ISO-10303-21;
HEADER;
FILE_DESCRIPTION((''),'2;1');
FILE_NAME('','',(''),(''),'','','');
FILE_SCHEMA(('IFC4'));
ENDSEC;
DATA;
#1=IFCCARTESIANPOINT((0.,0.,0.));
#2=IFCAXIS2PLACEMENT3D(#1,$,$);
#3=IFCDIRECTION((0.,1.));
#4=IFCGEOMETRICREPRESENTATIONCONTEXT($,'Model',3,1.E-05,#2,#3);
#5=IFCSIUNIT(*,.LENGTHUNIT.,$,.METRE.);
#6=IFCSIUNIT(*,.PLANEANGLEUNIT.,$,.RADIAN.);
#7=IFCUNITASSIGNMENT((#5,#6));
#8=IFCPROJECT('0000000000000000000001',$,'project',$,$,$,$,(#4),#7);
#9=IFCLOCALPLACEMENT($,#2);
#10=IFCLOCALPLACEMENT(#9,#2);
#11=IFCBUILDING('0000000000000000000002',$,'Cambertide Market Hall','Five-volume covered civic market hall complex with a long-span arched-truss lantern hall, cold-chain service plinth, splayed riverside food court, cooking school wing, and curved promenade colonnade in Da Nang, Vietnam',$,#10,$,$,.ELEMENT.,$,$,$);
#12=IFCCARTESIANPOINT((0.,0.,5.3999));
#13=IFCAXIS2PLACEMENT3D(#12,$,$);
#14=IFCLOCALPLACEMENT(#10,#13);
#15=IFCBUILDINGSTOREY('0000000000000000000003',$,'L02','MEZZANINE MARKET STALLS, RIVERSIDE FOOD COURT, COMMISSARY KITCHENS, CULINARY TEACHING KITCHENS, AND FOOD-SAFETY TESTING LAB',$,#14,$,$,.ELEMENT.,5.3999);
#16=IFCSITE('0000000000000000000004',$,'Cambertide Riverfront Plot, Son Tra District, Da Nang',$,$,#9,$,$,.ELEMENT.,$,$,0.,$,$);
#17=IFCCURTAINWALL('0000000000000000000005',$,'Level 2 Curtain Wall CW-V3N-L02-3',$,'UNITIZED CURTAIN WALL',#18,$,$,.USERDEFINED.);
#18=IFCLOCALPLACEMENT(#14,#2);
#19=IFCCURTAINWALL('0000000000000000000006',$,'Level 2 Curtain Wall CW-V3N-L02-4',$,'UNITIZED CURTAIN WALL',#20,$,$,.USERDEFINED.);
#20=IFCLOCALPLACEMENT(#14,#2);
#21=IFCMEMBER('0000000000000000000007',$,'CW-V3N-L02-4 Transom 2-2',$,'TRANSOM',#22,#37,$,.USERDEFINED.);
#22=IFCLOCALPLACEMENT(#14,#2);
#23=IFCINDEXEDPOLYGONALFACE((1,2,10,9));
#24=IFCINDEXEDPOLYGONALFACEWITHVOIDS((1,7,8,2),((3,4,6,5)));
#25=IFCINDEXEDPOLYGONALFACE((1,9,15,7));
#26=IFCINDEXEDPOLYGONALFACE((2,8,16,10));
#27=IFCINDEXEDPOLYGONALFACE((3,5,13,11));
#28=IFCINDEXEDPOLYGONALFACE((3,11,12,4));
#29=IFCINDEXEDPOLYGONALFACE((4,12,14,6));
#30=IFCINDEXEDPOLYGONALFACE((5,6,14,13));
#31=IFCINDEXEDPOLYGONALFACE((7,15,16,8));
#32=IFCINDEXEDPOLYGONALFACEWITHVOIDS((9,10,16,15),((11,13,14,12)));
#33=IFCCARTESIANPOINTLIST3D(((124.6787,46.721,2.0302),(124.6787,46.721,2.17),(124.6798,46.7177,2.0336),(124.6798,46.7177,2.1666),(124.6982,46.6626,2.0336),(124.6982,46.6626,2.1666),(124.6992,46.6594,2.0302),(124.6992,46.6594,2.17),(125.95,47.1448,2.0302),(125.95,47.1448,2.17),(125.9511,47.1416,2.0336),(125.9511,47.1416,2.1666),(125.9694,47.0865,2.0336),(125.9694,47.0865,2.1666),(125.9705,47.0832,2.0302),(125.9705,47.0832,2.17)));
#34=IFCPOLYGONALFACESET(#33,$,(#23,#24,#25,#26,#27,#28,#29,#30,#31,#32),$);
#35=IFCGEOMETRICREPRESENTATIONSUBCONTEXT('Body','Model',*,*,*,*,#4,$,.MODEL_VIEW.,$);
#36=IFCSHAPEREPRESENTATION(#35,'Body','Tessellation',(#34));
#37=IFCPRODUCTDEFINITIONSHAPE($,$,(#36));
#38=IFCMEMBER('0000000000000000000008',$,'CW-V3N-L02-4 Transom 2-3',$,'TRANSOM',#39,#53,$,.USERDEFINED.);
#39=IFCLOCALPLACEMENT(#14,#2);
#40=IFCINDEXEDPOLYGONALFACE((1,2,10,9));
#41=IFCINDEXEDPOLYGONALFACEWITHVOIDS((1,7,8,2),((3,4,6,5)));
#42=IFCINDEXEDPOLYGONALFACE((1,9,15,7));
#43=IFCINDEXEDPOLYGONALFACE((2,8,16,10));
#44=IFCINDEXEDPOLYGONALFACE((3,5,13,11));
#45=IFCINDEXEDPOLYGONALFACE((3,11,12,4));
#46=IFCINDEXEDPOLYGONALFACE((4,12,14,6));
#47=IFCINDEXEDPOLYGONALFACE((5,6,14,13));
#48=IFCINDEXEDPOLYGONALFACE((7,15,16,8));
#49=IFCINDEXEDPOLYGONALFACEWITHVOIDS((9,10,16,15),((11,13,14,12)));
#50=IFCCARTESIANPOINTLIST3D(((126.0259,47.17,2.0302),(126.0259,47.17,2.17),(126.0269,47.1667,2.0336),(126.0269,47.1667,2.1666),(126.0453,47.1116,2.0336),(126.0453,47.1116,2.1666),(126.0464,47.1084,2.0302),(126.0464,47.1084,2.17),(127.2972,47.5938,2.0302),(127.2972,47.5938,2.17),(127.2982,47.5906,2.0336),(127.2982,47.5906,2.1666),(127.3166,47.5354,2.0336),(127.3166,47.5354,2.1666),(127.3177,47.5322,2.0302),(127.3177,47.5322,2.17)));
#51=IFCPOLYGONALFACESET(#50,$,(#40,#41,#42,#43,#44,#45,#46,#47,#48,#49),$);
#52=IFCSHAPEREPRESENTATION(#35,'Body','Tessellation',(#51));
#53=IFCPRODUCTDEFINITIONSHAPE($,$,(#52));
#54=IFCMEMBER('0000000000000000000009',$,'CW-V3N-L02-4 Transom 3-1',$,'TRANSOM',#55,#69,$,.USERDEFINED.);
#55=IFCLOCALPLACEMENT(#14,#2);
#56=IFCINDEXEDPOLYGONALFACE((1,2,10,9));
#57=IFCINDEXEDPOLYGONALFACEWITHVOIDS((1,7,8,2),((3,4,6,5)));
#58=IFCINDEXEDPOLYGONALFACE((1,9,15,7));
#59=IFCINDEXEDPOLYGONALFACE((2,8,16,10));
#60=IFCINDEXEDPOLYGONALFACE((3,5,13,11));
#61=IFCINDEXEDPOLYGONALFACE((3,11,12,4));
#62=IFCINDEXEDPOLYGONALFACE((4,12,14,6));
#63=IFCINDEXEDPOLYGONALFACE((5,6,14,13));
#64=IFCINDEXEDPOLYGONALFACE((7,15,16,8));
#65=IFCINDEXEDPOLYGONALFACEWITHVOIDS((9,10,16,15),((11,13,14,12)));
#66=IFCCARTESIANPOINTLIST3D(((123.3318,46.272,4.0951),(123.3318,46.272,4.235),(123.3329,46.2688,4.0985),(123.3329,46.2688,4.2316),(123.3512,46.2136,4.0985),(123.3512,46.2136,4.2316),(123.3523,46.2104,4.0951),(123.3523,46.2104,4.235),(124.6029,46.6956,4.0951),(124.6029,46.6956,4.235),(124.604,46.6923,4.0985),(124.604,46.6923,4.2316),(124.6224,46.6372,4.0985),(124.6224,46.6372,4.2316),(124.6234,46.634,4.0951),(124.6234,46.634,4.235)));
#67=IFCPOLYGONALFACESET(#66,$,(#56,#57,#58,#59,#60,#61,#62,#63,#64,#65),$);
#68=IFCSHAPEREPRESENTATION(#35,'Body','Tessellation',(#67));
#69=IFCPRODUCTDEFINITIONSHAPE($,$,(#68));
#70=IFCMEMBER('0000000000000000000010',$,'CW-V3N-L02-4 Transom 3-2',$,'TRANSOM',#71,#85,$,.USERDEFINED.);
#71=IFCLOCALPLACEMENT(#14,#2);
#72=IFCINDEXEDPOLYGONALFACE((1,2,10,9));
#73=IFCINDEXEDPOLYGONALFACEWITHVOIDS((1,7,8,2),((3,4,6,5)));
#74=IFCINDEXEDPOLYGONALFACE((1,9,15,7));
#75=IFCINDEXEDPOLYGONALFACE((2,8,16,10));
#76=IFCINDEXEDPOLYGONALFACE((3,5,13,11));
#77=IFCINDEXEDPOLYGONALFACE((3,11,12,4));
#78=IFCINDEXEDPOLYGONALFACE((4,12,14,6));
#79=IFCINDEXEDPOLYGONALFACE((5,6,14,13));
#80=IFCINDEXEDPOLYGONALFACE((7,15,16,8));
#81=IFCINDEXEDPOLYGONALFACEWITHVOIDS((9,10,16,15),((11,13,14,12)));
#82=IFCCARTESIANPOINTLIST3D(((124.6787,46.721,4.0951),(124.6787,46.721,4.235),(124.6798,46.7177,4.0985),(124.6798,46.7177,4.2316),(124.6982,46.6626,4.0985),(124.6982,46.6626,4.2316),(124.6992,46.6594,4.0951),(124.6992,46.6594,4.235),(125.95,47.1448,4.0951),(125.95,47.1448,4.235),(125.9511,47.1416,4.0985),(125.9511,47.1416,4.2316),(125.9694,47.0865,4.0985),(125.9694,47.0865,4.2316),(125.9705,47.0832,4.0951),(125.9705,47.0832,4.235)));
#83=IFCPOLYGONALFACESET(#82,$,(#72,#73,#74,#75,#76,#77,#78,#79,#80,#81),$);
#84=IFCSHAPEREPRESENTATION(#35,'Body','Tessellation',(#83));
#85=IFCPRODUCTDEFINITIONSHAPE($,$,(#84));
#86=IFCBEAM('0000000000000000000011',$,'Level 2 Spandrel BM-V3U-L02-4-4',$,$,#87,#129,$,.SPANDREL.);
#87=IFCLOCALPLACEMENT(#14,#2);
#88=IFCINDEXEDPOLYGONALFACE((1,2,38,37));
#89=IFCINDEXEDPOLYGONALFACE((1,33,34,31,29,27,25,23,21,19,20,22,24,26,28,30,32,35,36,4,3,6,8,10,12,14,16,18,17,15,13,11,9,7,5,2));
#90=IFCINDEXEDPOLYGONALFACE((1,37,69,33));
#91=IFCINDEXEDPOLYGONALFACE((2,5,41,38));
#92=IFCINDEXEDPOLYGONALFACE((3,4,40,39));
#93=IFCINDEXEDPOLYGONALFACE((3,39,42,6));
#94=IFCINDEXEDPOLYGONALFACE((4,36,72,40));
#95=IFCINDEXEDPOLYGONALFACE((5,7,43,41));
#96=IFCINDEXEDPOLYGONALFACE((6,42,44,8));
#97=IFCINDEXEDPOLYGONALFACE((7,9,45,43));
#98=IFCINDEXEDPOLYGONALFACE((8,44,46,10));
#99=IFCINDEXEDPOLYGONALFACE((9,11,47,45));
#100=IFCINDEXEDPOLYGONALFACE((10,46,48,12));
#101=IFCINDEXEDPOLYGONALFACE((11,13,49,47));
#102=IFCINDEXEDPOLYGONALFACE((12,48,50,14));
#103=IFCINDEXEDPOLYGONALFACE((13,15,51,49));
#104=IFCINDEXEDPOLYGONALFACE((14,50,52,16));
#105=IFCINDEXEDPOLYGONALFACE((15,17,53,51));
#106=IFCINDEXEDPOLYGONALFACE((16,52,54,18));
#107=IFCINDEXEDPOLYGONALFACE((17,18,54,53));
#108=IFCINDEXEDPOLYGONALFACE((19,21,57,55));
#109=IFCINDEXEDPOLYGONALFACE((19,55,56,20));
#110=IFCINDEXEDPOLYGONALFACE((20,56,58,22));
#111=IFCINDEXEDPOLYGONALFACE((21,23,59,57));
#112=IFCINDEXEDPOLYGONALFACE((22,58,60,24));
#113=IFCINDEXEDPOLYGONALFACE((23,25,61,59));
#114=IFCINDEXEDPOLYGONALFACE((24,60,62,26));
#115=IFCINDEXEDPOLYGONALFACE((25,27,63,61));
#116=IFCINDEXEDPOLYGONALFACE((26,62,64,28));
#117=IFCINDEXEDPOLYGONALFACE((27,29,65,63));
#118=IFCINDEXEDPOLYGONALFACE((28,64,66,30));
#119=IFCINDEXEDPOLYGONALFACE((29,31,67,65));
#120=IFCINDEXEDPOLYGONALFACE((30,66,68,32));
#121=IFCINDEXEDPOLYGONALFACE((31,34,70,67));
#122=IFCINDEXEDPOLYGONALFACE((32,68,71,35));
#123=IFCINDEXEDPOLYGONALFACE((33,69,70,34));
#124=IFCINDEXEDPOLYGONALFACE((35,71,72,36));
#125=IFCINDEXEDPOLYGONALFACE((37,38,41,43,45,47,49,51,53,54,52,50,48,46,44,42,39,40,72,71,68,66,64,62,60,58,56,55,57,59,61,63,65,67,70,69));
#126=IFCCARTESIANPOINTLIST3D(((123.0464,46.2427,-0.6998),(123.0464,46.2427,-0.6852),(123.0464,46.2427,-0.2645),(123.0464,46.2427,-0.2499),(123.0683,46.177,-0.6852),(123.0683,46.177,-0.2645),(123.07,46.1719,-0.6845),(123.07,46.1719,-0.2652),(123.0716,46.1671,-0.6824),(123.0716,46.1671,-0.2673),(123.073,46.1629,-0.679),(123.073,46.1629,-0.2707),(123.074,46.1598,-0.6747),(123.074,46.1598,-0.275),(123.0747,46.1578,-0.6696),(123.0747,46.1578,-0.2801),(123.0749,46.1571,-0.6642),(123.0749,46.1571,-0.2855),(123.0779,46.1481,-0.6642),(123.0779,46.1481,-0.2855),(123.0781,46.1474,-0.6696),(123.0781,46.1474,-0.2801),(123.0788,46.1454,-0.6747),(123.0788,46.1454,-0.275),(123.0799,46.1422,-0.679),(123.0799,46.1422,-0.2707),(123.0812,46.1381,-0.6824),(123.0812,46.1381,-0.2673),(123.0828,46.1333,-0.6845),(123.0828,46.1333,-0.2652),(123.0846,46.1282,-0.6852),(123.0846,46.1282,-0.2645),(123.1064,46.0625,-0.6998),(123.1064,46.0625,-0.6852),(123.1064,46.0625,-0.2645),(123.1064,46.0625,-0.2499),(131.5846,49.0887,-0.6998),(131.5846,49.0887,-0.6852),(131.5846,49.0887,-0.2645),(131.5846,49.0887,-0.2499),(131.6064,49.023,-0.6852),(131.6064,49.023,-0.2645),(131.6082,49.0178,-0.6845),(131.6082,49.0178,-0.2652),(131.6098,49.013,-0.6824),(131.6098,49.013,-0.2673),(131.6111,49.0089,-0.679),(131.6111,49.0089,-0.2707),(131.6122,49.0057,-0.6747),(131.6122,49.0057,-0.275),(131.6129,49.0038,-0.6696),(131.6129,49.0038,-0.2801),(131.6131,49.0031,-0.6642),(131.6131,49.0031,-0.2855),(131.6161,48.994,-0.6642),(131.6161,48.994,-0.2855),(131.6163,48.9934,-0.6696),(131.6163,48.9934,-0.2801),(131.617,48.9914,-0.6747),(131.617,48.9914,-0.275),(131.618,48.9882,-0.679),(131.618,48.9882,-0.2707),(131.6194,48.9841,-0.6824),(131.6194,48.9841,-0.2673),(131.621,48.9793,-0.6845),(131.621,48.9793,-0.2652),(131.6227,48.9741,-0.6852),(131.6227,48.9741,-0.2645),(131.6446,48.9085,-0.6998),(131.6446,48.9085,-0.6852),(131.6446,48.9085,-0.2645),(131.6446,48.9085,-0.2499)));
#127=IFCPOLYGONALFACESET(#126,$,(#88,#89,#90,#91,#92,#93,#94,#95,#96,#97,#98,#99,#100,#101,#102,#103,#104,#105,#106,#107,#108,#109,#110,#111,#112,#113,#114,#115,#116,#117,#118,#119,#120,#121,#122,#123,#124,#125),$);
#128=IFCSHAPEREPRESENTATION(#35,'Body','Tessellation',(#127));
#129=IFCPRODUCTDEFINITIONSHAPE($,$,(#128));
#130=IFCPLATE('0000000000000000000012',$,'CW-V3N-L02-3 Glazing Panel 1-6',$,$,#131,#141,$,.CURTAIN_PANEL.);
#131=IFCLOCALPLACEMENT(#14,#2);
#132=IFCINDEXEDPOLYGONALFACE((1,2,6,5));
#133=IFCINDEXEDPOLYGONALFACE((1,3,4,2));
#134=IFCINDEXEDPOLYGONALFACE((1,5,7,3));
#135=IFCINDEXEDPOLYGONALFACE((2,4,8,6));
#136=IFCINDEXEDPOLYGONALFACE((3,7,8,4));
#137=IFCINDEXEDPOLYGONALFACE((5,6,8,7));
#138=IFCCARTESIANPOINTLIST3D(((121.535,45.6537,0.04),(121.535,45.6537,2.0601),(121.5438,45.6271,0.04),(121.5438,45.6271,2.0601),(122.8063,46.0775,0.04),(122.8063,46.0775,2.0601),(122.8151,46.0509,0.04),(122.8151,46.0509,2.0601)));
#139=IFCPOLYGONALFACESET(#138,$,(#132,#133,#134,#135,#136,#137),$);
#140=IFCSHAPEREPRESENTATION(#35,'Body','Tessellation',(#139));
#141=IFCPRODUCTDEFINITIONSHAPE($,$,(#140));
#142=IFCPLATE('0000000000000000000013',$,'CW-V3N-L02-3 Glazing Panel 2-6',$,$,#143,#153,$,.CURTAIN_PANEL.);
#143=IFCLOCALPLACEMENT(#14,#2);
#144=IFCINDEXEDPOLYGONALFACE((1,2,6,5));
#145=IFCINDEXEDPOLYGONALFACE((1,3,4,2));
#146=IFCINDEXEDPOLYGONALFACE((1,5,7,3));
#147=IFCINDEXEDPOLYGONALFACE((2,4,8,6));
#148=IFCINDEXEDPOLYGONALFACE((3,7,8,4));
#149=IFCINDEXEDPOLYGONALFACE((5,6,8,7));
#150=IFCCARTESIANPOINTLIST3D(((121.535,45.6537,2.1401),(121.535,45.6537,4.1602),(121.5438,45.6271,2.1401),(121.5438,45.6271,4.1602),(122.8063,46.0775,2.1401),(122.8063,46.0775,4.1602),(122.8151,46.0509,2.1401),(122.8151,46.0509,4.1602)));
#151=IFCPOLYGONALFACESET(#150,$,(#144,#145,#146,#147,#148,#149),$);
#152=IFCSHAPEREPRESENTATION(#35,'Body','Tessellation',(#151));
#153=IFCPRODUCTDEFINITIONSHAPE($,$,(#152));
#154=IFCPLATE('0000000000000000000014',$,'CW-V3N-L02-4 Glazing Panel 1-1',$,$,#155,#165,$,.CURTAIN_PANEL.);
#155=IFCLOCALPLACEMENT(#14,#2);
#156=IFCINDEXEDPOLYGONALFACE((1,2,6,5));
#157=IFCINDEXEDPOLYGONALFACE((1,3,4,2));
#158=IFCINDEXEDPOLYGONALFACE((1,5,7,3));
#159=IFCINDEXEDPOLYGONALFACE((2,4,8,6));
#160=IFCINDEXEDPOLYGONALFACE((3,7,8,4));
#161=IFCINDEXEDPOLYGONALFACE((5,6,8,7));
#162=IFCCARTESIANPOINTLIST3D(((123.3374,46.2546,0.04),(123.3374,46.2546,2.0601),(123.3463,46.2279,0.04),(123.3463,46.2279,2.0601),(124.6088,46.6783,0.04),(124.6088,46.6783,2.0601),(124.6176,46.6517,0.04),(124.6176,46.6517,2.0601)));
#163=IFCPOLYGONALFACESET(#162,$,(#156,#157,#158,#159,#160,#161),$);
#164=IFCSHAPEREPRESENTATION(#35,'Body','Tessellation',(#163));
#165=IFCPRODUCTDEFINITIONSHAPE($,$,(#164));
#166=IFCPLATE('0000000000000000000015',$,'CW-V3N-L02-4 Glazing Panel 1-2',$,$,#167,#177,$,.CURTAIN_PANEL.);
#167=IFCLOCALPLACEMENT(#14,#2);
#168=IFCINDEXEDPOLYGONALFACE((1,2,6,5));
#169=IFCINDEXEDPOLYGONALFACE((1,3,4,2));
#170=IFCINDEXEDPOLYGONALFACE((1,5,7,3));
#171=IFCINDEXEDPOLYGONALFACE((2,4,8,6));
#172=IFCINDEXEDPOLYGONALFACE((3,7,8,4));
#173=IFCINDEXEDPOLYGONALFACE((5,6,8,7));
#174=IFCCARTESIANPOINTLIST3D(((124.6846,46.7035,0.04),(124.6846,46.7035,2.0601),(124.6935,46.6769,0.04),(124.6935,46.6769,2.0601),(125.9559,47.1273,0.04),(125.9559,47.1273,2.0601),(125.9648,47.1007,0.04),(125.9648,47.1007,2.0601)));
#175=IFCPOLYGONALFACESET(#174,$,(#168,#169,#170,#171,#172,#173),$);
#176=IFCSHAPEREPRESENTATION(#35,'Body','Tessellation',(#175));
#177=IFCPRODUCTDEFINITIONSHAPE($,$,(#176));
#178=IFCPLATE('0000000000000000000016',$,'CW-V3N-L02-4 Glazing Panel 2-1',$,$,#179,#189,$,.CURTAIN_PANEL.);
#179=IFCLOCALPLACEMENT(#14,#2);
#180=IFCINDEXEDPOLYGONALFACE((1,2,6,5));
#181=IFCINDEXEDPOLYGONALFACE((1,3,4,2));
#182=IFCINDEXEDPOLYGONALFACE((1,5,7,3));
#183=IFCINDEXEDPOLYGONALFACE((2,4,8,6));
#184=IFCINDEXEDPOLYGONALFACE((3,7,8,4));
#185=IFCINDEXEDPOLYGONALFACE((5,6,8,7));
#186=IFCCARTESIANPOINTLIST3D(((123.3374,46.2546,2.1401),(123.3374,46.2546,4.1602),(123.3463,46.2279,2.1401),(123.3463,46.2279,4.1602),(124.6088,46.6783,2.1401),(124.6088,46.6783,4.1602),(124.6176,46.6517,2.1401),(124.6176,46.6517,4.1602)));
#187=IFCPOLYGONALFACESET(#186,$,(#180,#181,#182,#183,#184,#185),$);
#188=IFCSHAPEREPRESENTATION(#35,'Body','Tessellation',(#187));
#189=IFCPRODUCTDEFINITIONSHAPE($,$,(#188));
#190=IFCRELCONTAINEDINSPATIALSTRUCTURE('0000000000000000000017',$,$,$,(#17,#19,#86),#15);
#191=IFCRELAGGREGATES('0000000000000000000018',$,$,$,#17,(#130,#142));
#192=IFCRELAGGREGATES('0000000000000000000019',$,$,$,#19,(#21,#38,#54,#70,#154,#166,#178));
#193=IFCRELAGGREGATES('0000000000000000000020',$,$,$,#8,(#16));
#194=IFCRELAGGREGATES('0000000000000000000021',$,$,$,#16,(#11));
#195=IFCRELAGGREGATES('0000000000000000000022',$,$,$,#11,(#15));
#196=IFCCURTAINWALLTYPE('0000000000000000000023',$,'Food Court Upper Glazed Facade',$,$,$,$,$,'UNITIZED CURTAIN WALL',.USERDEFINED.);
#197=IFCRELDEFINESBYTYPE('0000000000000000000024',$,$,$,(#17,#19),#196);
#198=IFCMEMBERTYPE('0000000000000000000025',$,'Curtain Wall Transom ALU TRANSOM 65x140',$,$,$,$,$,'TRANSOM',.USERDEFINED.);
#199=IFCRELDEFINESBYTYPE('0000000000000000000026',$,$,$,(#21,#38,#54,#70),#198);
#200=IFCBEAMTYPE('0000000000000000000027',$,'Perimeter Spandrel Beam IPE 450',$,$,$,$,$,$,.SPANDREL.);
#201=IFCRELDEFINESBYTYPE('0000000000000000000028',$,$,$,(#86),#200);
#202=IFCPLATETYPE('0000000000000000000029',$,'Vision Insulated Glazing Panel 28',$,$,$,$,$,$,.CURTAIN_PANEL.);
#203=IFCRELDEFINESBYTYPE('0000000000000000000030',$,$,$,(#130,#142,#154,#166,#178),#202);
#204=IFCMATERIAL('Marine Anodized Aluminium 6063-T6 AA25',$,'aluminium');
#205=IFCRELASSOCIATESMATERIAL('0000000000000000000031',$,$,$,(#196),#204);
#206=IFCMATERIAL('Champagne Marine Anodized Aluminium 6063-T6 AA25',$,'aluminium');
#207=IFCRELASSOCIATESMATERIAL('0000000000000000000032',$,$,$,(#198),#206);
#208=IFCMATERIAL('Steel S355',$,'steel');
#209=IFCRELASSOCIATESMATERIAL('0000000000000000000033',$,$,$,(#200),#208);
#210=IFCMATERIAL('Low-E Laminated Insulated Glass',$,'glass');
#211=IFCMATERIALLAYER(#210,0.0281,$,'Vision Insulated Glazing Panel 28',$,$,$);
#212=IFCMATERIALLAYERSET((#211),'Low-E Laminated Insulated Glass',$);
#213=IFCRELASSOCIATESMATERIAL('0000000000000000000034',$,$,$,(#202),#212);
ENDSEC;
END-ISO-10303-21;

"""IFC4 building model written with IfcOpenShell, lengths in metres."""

from ifc_helpers import new_model, si_unit, direction, frame, origin, origin_2d, place, context, subcontext, project, spatial, rectangle, hollow_rectangle, i_section, extrude, material, layer, layer_set, material_profile, profile_set, type_object, element, aggregate, save


model = new_model("IFC4")

# Units and contexts
model_context = context("Model", 3, precision=1e-05, world=origin(), true_north=direction((0.0, 1.0)))
body_context = subcontext(model_context, "Body", "Model", "MODEL_VIEW")
ifc_project = project(units=[si_unit("LENGTHUNIT", "METRE"), si_unit("PLANEANGLEUNIT", "RADIAN")], contexts=[model_context])

# Site, building, storey
site_placement = place(None, origin())
site = spatial("IfcSite", under=ifc_project, at=site_placement, Name="Cambertide Riverfront Plot, Son Tra District, Da Nang", CompositionType="ELEMENT", RefElevation=0.0)
building_placement = place(site_placement, origin())
building = spatial("IfcBuilding", under=site, at=building_placement, Name="Cambertide Market Hall", Description="Five-volume covered civic market hall complex with a long-span arched-truss lantern hall, cold-chain service plinth, splayed riverside food court, cooking school wing, and curved promenade colonnade in Da Nang, Vietnam", CompositionType="ELEMENT")
storey_placement = place(building_placement, frame((0.0, 0.0, 5.3999)))
storey = spatial("IfcBuildingStorey", under=building, at=storey_placement, Name="L02", Description="MEZZANINE MARKET STALLS, RIVERSIDE FOOD COURT, COMMISSARY KITCHENS, CULINARY TEACHING KITCHENS, AND FOOD-SAFETY TESTING LAB", CompositionType="ELEMENT", Elevation=5.3999)

# Curtain wall
ifc_material_1 = material(Name="Marine Anodized Aluminium 6063-T6 AA25", Category="aluminium")
curtain_wall_type = type_object("IfcCurtainWallType", Name="Food Court Upper Glazed Facade", ElementType="UNITIZED CURTAIN WALL", PredefinedType="USERDEFINED", material=ifc_material_1)
curtain_wall_1_placement = place(storey_placement, origin())
curtain_wall_1 = element("IfcCurtainWall", 1, at=curtain_wall_1_placement, inside=storey, type_object=curtain_wall_type, Name="Level 2 Curtain Wall CW-V3N-L02-3", ObjectType="UNITIZED CURTAIN WALL", PredefinedType="USERDEFINED")

# Curtain wall, members
curtain_wall_2_placement = place(storey_placement, origin())
curtain_wall_2 = element("IfcCurtainWall", 2, at=curtain_wall_2_placement, inside=storey, type_object=curtain_wall_type, Name="Level 2 Curtain Wall CW-V3N-L02-4", ObjectType="UNITIZED CURTAIN WALL", PredefinedType="USERDEFINED")
ifc_material_2 = material(Name="Champagne Marine Anodized Aluminium 6063-T6 AA25", Category="aluminium")
ifc_material_profile_1 = material_profile(ifc_material_2, hollow_rectangle(XDim=0.0649, YDim=0.1399, WallThickness=0.0034, at=origin_2d()), Name="ALU TRANSOM 65x140")
ifc_profile_set_1 = profile_set([ifc_material_profile_1], Name="Champagne Marine Anodized Aluminium 6063-T6 AA25")
member_type_1 = type_object("IfcMemberType", Name="Curtain Wall Transom ALU TRANSOM 65x140", ElementType="TRANSOM", PredefinedType="USERDEFINED", material=ifc_profile_set_1)
member_1_placement = place(storey_placement, frame((124.689, 46.6902, 2.1001), z_axis=(0.948665, 0.316282, 0.0), x_axis=(-0.316282, 0.948665, 0.0)))
member_1 = element("IfcMember", 3, at=member_1_placement, type_object=member_type_1, Name="CW-V3N-L02-4 Transom 2-2", ObjectType="TRANSOM", PredefinedType="USERDEFINED", context=body_context, shape_type="SweptSolid", body=[
    extrude(hollow_rectangle(XDim=0.0649, YDim=0.1399, WallThickness=0.0034, at=origin_2d()), origin(), (0.0, 0.0, 1.0), 1.3401),
])
member_2_placement = place(storey_placement, frame((126.0361, 47.1392, 2.1001), z_axis=(0.948665, 0.316282, 0.0), x_axis=(-0.316282, 0.948665, 0.0)))
member_2 = element("IfcMember", 4, at=member_2_placement, type_object=member_type_1, Name="CW-V3N-L02-4 Transom 2-3", ObjectType="TRANSOM", PredefinedType="USERDEFINED", context=body_context, shape_type="SweptSolid", body=[
    extrude(hollow_rectangle(XDim=0.0649, YDim=0.1399, WallThickness=0.0034, at=origin_2d()), origin(), (0.0, 0.0, 1.0), 1.3401),
])
member_3_placement = place(storey_placement, frame((123.342, 46.2412, 4.165), z_axis=(0.94872, 0.316118, 0.0), x_axis=(-0.316118, 0.94872, 0.0)))
member_3 = element("IfcMember", 5, at=member_3_placement, type_object=member_type_1, Name="CW-V3N-L02-4 Transom 3-1", ObjectType="TRANSOM", PredefinedType="USERDEFINED", context=body_context, shape_type="SweptSolid", body=[
    extrude(hollow_rectangle(XDim=0.0649, YDim=0.1399, WallThickness=0.0034, at=origin_2d()), origin(), (0.0, 0.0, 1.0), 1.3398),
])
member_4_placement = place(storey_placement, frame((124.689, 46.6902, 4.165), z_axis=(0.948665, 0.316282, 0.0), x_axis=(-0.316282, 0.948665, 0.0)))
member_4 = element("IfcMember", 6, at=member_4_placement, type_object=member_type_1, Name="CW-V3N-L02-4 Transom 3-2", ObjectType="TRANSOM", PredefinedType="USERDEFINED", context=body_context, shape_type="SweptSolid", body=[
    extrude(hollow_rectangle(XDim=0.0649, YDim=0.1399, WallThickness=0.0034, at=origin_2d()), origin(), (0.0, 0.0, 1.0), 1.3401),
])

# Beam
ifc_material_3 = material(Name="Steel S355", Category="steel")
ifc_material_profile_2 = material_profile(ifc_material_3, i_section(OverallWidth=0.1899, OverallDepth=0.45, WebThickness=0.0095, FlangeThickness=0.0146, FilletRadius=0.021, at=origin_2d()), Name="IPE 450")
ifc_profile_set_2 = profile_set([ifc_material_profile_2], Name="Steel S355")
beam_type = type_object("IfcBeamType", Name="Perimeter Spandrel Beam IPE 450", PredefinedType="SPANDREL", material=ifc_profile_set_2)
beam_placement = place(storey_placement, frame((123.0764, 46.1526, -0.4749), z_axis=(0.948686, 0.31622, 0.0), x_axis=(-0.31622, 0.948686, 0.0)))
element("IfcBeam", 7, at=beam_placement, inside=storey, type_object=beam_type, Name="Level 2 Spandrel BM-V3U-L02-4-4", PredefinedType="SPANDREL", context=body_context, shape_type="SweptSolid", body=[
    extrude(i_section(OverallWidth=0.1899, OverallDepth=0.45, WebThickness=0.0095, FlangeThickness=0.0146, FilletRadius=0.021, at=origin_2d()), origin(), (0.0, 0.0, 1.0), 9.0),
])

# Plates
ifc_material_4 = material(Name="Low-E Laminated Insulated Glass", Category="glass")
ifc_layer_1 = layer(ifc_material_4, 0.0281, Name="Vision Insulated Glazing Panel 28")
ifc_layer_set_1 = layer_set([ifc_layer_1], Name="Low-E Laminated Insulated Glass")
plate_type = type_object("IfcPlateType", Name="Vision Insulated Glazing Panel 28", PredefinedType="CURTAIN_PANEL", material=ifc_layer_set_1)
plate_1_placement = place(storey_placement, frame((122.175, 45.8523, 0.04), z_axis=(0.0, 0.0, 1.0), x_axis=(0.948683, 0.316228, 0.0)))
plate_1 = element("IfcPlate", 8, at=plate_1_placement, type_object=plate_type, Name="CW-V3N-L02-3 Glazing Panel 1-6", PredefinedType="CURTAIN_PANEL", context=body_context, shape_type="SweptSolid", body=[
    extrude(rectangle(XDim=1.3401, YDim=0.0281, at=origin_2d()), origin(), (0.0, 0.0, 1.0), 2.02),
])
plate_2_placement = place(storey_placement, frame((122.175, 45.8523, 2.1401), z_axis=(0.0, 0.0, 1.0), x_axis=(0.948683, 0.316228, 0.0)))
plate_2 = element("IfcPlate", 9, at=plate_2_placement, type_object=plate_type, Name="CW-V3N-L02-3 Glazing Panel 2-6", PredefinedType="CURTAIN_PANEL", context=body_context, shape_type="SweptSolid", body=[
    extrude(rectangle(XDim=1.3401, YDim=0.0281, at=origin_2d()), origin(), (0.0, 0.0, 1.0), 2.02),
])
aggregate(curtain_wall_1, [plate_1, plate_2])
plate_3_placement = place(storey_placement, frame((123.9775, 46.4531, 0.04), z_axis=(0.0, 0.0, 1.0), x_axis=(0.948683, 0.316228, 0.0)))
plate_3 = element("IfcPlate", 10, at=plate_3_placement, type_object=plate_type, Name="CW-V3N-L02-4 Glazing Panel 1-1", PredefinedType="CURTAIN_PANEL", context=body_context, shape_type="SweptSolid", body=[
    extrude(rectangle(XDim=1.3401, YDim=0.0281, at=origin_2d()), origin(), (0.0, 0.0, 1.0), 2.02),
])
plate_4_placement = place(storey_placement, frame((125.3247, 46.9021, 0.04), z_axis=(0.0, 0.0, 1.0), x_axis=(0.948683, 0.316228, 0.0)))
plate_4 = element("IfcPlate", 11, at=plate_4_placement, type_object=plate_type, Name="CW-V3N-L02-4 Glazing Panel 1-2", PredefinedType="CURTAIN_PANEL", context=body_context, shape_type="SweptSolid", body=[
    extrude(rectangle(XDim=1.3401, YDim=0.0281, at=origin_2d()), origin(), (0.0, 0.0, 1.0), 2.02),
])
plate_5_placement = place(storey_placement, frame((123.9775, 46.4531, 2.1401), z_axis=(0.0, 0.0, 1.0), x_axis=(0.948683, 0.316228, 0.0)))
plate_5 = element("IfcPlate", 12, at=plate_5_placement, type_object=plate_type, Name="CW-V3N-L02-4 Glazing Panel 2-1", PredefinedType="CURTAIN_PANEL", context=body_context, shape_type="SweptSolid", body=[
    extrude(rectangle(XDim=1.3401, YDim=0.0281, at=origin_2d()), origin(), (0.0, 0.0, 1.0), 2.02),
])
aggregate(curtain_wall_2, [member_1, member_2, member_3, member_4, plate_3, plate_4, plate_5])

save(model, "model.ifc")
